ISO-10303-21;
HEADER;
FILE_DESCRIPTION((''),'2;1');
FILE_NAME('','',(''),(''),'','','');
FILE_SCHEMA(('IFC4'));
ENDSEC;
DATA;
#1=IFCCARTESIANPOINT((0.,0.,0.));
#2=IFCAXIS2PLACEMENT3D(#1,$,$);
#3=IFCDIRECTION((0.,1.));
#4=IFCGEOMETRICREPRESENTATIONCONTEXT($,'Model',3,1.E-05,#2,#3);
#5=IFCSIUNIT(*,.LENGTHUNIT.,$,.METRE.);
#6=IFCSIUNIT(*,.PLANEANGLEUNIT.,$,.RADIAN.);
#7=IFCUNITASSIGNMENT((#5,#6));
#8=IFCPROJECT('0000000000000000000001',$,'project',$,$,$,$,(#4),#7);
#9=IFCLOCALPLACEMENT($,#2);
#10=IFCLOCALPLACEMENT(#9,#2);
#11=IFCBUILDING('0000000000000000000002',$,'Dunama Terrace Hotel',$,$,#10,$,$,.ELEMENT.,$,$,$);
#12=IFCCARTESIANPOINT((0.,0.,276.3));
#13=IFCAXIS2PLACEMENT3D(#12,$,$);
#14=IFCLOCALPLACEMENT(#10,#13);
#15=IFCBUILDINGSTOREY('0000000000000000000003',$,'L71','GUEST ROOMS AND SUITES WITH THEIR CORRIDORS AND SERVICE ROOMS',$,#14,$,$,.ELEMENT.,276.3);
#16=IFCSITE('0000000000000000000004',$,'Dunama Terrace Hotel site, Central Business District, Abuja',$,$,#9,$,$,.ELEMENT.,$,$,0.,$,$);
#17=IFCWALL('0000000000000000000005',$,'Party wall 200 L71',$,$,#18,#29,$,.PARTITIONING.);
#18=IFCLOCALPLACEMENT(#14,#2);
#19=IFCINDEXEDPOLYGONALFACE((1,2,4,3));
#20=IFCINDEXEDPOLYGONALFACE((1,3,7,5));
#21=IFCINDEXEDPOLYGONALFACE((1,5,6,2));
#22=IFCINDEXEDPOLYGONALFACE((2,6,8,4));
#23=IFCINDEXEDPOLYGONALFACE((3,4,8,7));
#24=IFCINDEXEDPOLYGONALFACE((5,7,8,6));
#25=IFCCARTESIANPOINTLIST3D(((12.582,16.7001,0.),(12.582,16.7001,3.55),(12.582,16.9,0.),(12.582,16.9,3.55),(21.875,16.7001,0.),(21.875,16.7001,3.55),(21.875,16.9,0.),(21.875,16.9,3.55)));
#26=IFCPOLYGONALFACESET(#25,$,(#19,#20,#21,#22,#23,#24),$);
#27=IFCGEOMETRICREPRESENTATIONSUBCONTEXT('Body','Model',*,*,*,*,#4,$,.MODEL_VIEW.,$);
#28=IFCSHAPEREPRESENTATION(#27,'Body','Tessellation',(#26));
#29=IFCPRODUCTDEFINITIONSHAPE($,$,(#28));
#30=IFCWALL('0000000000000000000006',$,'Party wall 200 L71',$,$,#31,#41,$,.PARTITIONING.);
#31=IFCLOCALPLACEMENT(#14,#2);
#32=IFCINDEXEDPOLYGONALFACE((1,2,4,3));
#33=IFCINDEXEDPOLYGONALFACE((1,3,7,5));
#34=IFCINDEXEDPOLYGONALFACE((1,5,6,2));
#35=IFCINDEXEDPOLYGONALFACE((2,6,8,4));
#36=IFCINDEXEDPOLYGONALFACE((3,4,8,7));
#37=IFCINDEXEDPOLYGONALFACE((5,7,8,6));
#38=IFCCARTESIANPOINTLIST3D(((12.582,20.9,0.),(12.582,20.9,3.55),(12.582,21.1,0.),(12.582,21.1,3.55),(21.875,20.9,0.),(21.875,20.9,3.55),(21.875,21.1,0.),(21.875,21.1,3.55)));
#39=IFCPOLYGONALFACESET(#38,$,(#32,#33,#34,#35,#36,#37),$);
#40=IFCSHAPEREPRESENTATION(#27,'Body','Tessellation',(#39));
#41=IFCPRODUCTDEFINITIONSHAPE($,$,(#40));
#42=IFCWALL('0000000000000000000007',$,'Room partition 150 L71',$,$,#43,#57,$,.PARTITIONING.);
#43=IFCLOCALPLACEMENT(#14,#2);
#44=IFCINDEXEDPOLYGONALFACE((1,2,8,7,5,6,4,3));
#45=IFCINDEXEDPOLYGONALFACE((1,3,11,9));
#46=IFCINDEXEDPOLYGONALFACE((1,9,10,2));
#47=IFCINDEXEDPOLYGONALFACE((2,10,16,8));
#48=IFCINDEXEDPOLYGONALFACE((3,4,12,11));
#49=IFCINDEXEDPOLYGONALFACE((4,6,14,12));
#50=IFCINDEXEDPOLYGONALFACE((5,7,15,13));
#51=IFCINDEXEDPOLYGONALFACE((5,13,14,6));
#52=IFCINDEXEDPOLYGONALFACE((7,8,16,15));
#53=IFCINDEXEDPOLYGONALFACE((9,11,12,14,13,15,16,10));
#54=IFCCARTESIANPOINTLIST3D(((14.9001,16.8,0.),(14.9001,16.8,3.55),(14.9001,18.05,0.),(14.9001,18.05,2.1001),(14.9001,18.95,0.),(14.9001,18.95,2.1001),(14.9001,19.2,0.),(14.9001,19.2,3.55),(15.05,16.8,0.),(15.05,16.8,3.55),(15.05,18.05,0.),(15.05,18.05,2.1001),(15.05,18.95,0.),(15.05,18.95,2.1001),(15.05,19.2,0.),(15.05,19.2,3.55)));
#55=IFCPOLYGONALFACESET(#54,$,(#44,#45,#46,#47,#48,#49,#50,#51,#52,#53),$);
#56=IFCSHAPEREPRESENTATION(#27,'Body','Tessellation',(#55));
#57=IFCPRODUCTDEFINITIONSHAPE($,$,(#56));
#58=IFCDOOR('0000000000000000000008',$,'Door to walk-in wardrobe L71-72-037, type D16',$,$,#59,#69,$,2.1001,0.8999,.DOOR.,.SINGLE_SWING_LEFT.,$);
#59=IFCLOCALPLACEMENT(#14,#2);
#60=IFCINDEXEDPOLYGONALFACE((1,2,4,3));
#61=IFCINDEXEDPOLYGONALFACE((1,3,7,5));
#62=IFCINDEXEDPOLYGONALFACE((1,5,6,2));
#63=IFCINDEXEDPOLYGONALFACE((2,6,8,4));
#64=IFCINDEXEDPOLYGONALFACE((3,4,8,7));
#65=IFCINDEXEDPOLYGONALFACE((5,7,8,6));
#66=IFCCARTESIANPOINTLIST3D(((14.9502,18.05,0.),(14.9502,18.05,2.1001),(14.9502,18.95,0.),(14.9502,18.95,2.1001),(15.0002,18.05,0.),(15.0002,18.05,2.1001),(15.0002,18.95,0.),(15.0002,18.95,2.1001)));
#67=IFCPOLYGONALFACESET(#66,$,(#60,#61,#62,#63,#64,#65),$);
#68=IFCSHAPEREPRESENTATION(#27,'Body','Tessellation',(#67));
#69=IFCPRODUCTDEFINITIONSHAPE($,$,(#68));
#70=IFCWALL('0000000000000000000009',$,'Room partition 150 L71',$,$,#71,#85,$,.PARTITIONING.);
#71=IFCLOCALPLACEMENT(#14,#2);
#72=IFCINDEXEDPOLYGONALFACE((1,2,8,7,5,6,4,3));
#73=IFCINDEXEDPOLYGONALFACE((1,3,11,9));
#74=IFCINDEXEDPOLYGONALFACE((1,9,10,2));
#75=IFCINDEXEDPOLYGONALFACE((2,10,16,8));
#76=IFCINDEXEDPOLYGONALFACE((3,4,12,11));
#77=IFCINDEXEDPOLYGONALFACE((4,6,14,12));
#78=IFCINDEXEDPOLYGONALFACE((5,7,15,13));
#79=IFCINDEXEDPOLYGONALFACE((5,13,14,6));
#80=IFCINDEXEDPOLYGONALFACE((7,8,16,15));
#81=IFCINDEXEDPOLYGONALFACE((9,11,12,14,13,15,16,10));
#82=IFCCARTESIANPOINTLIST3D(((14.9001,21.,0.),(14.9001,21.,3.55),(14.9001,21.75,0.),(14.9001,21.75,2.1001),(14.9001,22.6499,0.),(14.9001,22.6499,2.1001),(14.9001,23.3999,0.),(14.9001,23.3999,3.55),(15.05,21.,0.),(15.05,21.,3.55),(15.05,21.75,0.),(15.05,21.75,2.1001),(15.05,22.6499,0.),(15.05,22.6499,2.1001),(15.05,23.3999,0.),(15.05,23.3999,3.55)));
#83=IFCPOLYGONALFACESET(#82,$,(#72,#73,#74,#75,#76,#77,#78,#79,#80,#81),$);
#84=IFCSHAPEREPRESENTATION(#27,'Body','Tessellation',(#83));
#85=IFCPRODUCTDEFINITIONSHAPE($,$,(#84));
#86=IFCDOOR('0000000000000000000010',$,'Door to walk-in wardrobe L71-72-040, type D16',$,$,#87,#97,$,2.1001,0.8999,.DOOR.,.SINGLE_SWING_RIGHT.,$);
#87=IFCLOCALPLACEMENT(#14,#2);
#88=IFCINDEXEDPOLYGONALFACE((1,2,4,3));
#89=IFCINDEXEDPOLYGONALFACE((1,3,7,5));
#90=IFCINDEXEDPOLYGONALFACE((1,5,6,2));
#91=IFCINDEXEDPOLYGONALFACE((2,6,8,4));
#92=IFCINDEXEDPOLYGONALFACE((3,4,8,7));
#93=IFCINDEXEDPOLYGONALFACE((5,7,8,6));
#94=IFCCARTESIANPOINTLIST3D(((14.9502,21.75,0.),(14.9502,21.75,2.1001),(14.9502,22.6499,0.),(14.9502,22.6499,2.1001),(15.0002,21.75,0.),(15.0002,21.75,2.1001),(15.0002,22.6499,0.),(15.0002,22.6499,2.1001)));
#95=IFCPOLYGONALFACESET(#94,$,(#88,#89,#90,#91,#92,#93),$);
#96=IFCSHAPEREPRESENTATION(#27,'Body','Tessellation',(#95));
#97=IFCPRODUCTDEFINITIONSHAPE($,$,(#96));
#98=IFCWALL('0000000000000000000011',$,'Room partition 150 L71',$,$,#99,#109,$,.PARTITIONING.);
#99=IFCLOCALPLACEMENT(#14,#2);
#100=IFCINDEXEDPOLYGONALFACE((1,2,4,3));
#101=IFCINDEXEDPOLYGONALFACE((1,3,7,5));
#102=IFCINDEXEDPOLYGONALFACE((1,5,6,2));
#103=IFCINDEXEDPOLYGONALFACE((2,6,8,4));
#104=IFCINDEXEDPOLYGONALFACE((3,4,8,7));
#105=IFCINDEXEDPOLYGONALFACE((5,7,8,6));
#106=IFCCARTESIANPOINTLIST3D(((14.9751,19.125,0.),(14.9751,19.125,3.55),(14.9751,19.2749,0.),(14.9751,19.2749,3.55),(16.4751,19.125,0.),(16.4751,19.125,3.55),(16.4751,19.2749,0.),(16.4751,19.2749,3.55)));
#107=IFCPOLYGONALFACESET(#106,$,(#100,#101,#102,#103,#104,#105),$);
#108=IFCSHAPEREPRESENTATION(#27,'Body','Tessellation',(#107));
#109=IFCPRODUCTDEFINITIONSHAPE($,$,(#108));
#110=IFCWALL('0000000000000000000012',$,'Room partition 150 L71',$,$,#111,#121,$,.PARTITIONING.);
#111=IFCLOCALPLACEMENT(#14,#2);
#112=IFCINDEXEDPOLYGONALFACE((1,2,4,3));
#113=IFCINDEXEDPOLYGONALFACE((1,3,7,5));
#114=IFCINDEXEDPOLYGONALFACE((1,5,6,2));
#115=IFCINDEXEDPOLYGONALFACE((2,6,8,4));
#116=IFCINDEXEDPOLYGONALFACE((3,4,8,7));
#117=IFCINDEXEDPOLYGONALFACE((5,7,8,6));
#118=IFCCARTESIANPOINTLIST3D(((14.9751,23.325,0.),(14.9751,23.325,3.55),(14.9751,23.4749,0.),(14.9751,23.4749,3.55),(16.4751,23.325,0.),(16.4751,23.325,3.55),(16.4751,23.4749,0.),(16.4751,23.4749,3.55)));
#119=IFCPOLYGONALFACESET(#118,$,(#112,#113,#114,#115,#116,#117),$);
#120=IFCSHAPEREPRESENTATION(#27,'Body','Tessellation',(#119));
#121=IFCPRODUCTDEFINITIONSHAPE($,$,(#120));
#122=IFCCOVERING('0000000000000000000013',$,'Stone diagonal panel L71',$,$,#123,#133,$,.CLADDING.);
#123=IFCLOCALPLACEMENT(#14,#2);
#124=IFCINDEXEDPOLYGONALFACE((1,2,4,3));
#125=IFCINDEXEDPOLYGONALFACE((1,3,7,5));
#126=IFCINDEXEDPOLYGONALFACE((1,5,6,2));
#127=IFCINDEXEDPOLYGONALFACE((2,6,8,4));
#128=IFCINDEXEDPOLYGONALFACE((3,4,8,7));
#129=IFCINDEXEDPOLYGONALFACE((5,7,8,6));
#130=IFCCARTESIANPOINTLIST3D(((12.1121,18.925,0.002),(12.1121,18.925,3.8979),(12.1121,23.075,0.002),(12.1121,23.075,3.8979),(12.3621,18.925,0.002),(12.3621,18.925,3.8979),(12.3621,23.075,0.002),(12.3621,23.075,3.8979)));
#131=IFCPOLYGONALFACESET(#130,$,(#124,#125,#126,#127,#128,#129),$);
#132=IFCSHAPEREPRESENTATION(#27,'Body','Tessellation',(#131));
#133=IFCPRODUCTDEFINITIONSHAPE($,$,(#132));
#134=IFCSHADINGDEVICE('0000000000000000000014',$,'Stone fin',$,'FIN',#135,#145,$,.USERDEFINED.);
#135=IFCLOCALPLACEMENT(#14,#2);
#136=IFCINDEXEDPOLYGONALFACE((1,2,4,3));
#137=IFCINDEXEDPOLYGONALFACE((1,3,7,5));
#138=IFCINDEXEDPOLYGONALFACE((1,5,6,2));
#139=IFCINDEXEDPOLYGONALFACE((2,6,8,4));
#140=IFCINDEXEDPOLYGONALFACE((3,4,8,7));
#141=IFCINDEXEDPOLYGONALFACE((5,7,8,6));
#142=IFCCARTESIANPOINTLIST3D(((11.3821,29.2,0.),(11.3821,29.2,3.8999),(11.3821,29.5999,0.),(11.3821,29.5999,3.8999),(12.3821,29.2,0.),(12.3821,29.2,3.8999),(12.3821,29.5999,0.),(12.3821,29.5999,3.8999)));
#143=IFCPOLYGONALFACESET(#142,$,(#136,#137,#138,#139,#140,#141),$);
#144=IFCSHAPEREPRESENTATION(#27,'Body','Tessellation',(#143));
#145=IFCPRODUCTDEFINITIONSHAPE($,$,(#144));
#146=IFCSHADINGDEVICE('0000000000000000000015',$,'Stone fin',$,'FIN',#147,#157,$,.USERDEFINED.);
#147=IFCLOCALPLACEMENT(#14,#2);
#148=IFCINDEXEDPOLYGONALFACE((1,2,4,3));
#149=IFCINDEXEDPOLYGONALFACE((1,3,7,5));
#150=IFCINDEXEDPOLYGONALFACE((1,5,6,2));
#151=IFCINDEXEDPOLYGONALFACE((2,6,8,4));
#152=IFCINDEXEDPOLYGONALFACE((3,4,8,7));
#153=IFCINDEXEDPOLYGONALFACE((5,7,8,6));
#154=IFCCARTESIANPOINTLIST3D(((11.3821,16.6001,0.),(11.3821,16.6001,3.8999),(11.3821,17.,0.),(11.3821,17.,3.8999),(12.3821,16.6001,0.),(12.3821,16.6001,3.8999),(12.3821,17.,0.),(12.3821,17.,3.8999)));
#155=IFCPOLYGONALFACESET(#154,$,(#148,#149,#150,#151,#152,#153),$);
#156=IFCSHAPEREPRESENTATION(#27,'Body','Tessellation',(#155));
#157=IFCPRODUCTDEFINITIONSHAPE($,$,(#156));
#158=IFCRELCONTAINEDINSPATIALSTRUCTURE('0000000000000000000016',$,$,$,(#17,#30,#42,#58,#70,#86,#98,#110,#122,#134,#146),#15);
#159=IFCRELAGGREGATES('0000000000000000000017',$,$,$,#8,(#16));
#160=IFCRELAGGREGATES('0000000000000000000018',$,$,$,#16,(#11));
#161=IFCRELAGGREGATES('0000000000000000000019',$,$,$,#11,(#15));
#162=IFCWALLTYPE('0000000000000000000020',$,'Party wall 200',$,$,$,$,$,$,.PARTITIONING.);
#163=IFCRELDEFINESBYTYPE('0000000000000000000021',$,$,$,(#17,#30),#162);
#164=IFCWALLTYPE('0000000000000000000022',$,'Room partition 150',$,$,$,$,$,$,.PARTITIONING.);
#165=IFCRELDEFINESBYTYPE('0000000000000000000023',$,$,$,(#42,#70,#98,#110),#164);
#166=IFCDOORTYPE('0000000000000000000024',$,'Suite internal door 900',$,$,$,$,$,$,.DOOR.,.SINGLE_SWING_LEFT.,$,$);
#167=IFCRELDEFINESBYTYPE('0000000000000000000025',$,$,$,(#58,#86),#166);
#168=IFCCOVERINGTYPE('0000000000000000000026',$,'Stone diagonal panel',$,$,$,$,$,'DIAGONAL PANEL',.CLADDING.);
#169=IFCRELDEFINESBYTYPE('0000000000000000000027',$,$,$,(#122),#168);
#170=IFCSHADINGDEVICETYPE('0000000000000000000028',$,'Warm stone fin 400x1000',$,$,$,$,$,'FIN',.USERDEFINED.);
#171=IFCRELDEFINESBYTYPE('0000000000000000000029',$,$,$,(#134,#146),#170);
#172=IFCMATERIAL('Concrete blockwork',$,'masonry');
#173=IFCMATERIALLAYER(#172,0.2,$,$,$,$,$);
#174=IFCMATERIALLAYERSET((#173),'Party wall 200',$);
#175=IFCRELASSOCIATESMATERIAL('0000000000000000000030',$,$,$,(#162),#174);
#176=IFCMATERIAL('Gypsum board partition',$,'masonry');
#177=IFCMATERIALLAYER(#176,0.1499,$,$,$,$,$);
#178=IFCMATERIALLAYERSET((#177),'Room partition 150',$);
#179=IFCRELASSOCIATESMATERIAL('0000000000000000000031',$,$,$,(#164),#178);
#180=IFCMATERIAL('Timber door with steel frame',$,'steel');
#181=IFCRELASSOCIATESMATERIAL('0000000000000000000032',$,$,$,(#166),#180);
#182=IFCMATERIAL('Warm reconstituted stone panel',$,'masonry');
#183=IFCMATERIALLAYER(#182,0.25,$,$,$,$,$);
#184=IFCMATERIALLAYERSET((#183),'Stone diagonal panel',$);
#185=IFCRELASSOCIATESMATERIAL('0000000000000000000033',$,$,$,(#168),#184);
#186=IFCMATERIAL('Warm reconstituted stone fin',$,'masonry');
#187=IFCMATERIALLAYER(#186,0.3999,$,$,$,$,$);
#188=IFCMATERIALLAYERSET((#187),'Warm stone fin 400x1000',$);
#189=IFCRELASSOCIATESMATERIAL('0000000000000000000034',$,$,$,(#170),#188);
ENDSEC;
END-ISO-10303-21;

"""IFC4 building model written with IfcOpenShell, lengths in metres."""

from ifc_helpers import new_model, si_unit, direction, frame, frame_2d, origin, origin_2d, place, context, subcontext, project, spatial, rectangle, extrude, material, layer, layer_set, type_object, element, fill, save


model = new_model("IFC4")

# Units and contexts
model_context = context("Model", 3, precision=1e-05, world=origin(), true_north=direction((0.0, 1.0)))
body_context = subcontext(model_context, "Body", "Model", "MODEL_VIEW")
ifc_project = project(units=[si_unit("LENGTHUNIT", "METRE"), si_unit("PLANEANGLEUNIT", "RADIAN")], contexts=[model_context])

# Site, building, storey
site_placement = place(None, origin())
site = spatial("IfcSite", under=ifc_project, at=site_placement, Name="Dunama Terrace Hotel site, Central Business District, Abuja", CompositionType="ELEMENT", RefElevation=0.0)
building_placement = place(site_placement, origin())
building = spatial("IfcBuilding", under=site, at=building_placement, Name="Dunama Terrace Hotel", CompositionType="ELEMENT")
storey_placement = place(building_placement, frame((0.0, 0.0, 276.3)))
storey = spatial("IfcBuildingStorey", under=building, at=storey_placement, Name="L71", Description="GUEST ROOMS AND SUITES WITH THEIR CORRIDORS AND SERVICE ROOMS", CompositionType="ELEMENT", Elevation=276.3)

# Walls
ifc_material_1 = material(Name="Concrete blockwork", Category="masonry")
ifc_layer_1 = layer(ifc_material_1, 0.2)
ifc_layer_set_1 = layer_set([ifc_layer_1], Name="Party wall 200")
wall_type_1 = type_object("IfcWallType", Name="Party wall 200", PredefinedType="PARTITIONING", material=ifc_layer_set_1)
for number, where, z_axis, x_axis, name in (
    (1, (12.582, 16.8, 0.0), (0.0, 0.0, 1.0), (1.0, 0.0, 0.0), "Party wall 200 L71"),
    (2, (12.582, 21.0, 0.0), (0.0, 0.0, 1.0), (1.0, 0.0, 0.0), "Party wall 200 L71"),
):
    element("IfcWall", number, at=place(storey_placement, frame(where, z_axis=z_axis, x_axis=x_axis)), inside=storey, type_object=wall_type_1, Name=name, PredefinedType="PARTITIONING", context=body_context, shape_type="SweptSolid", body=[
        extrude(rectangle(XDim=9.293, YDim=0.2, at=frame_2d((4.6465, 0.0))), origin(), (0.0, 0.0, 1.0), 3.55),
    ])

# Walls, openings, doors
ifc_material_2 = material(Name="Gypsum board partition", Category="masonry")
ifc_layer_2 = layer(ifc_material_2, 0.1499)
ifc_layer_set_2 = layer_set([ifc_layer_2], Name="Room partition 150")
wall_type_2 = type_object("IfcWallType", Name="Room partition 150", PredefinedType="PARTITIONING", material=ifc_layer_set_2)
wall_1_placement = place(storey_placement, frame((14.9751, 16.8, 0.0), z_axis=(0.0, 0.0, 1.0), x_axis=(0.0, 1.0, 0.0)))
wall_1 = element("IfcWall", 3, at=wall_1_placement, inside=storey, type_object=wall_type_2, Name="Room partition 150 L71", PredefinedType="PARTITIONING", context=body_context, shape_type="SweptSolid", body=[
    extrude(rectangle(XDim=2.3999, YDim=0.1499, at=frame_2d((1.2, 0.0))), origin(), (0.0, 0.0, 1.0), 3.55),
])
opening_1_placement = place(wall_1_placement, frame((1.25, 0.0, 0.0)))
opening_1 = element("IfcOpeningElement", 4, at=opening_1_placement, cuts=wall_1, PredefinedType="OPENING", context=body_context, shape_type="SweptSolid", body=[
    extrude(rectangle(XDim=0.8999, YDim=2.1001, at=frame_2d((0.45, 1.05))), frame((0.0, 0.085, 0.0), z_axis=(0.0, -1.0, 0.0), x_axis=(1.0, 0.0, 0.0)), (0.0, 0.0, 1.0), 0.1699),
])
ifc_material_3 = material(Name="Timber door with steel frame", Category="steel")
door_type = type_object("IfcDoorType", Name="Suite internal door 900", OperationType="SINGLE_SWING_LEFT", PredefinedType="DOOR", material=ifc_material_3)
door_1_placement = place(opening_1_placement, frame((0.8999, 0.0, 0.0), z_axis=(0.0, 0.0, 1.0), x_axis=(-1.0, 0.0, 0.0)))
door_1 = element("IfcDoor", 5, at=door_1_placement, inside=storey, type_object=door_type, Name="Door to walk-in wardrobe L71-72-037, type D16", OperationType="SINGLE_SWING_LEFT", OverallHeight=2.1001, OverallWidth=0.8999, PredefinedType="DOOR", context=body_context, shape_type="SweptSolid", body=[
    extrude(rectangle(XDim=0.8999, YDim=2.1001, at=frame_2d((0.45, 1.05))), frame((0.0, 0.0251, 0.0), z_axis=(0.0, -1.0, 0.0), x_axis=(1.0, 0.0, 0.0)), (0.0, 0.0, 1.0), 0.05),
])
fill(opening_1, door_1)
wall_2_placement = place(storey_placement, frame((14.9751, 21.0, 0.0), z_axis=(0.0, 0.0, 1.0), x_axis=(0.0, 1.0, 0.0)))
wall_2 = element("IfcWall", 6, at=wall_2_placement, inside=storey, type_object=wall_type_2, Name="Room partition 150 L71", PredefinedType="PARTITIONING", context=body_context, shape_type="SweptSolid", body=[
    extrude(rectangle(XDim=2.3999, YDim=0.1499, at=frame_2d((1.2, 0.0))), origin(), (0.0, 0.0, 1.0), 3.55),
])
opening_2_placement = place(wall_2_placement, frame((0.75, 0.0, 0.0)))
opening_2 = element("IfcOpeningElement", 7, at=opening_2_placement, cuts=wall_2, PredefinedType="OPENING", context=body_context, shape_type="SweptSolid", body=[
    extrude(rectangle(XDim=0.8999, YDim=2.1001, at=frame_2d((0.45, 1.05))), frame((0.0, 0.085, 0.0), z_axis=(0.0, -1.0, 0.0), x_axis=(1.0, 0.0, 0.0)), (0.0, 0.0, 1.0), 0.1699),
])
door_2_placement = place(opening_2_placement, frame((0.8999, 0.0, 0.0), z_axis=(0.0, 0.0, 1.0), x_axis=(-1.0, 0.0, 0.0)))
door_2 = element("IfcDoor", 8, at=door_2_placement, inside=storey, type_object=door_type, Name="Door to walk-in wardrobe L71-72-040, type D16", OperationType="SINGLE_SWING_RIGHT", OverallHeight=2.1001, OverallWidth=0.8999, PredefinedType="DOOR", context=body_context, shape_type="SweptSolid", body=[
    extrude(rectangle(XDim=0.8999, YDim=2.1001, at=frame_2d((0.45, 1.05))), frame((0.0, 0.0251, 0.0), z_axis=(0.0, -1.0, 0.0), x_axis=(1.0, 0.0, 0.0)), (0.0, 0.0, 1.0), 0.05),
])
fill(opening_2, door_2)

# Walls
for number, where, z_axis, x_axis, name in (
    (9, (14.9751, 19.2, 0.0), (0.0, 0.0, 1.0), (1.0, 0.0, 0.0), "Room partition 150 L71"),
    (10, (14.9751, 23.3999, 0.0), (0.0, 0.0, 1.0), (1.0, 0.0, 0.0), "Room partition 150 L71"),
):
    element("IfcWall", number, at=place(storey_placement, frame(where, z_axis=z_axis, x_axis=x_axis)), inside=storey, type_object=wall_type_2, Name=name, PredefinedType="PARTITIONING", context=body_context, shape_type="SweptSolid", body=[
        extrude(rectangle(XDim=1.5, YDim=0.1499, at=frame_2d((0.75, 0.0))), origin(), (0.0, 0.0, 1.0), 3.55),
    ])

# Covering
ifc_material_4 = material(Name="Warm reconstituted stone panel", Category="masonry")
ifc_layer_3 = layer(ifc_material_4, 0.25)
ifc_layer_set_3 = layer_set([ifc_layer_3], Name="Stone diagonal panel")
covering_type = type_object("IfcCoveringType", Name="Stone diagonal panel", ElementType="DIAGONAL PANEL", PredefinedType="CLADDING", material=ifc_layer_set_3)
covering_placement = place(storey_placement, frame((12.2371, 21.0, 0.002), z_axis=(0.0, 0.0, 1.0), x_axis=(0.0, -1.0, 0.0)))
element("IfcCovering", 11, at=covering_placement, inside=storey, type_object=covering_type, Name="Stone diagonal panel L71", PredefinedType="CLADDING", context=body_context, shape_type="SweptSolid", body=[
    extrude(rectangle(XDim=4.1499, YDim=0.25, at=origin_2d()), origin(), (0.0, 0.0, 1.0), 3.896),
])

# Shading devices
ifc_material_5 = material(Name="Warm reconstituted stone fin", Category="masonry")
ifc_layer_4 = layer(ifc_material_5, 0.3999)
ifc_layer_set_4 = layer_set([ifc_layer_4], Name="Warm stone fin 400x1000")
shading_device_type = type_object("IfcShadingDeviceType", Name="Warm stone fin 400x1000", ElementType="FIN", PredefinedType="USERDEFINED", material=ifc_layer_set_4)
for number, where, z_axis, x_axis, name in (
    (12, (11.8821, 29.3999, 0.0), (0.0, 0.0, 1.0), (0.0, -1.0, 0.0), "Stone fin"),
    (13, (11.8821, 16.8, 0.0), (0.0, 0.0, 1.0), (0.0, -1.0, 0.0), "Stone fin"),
):
    element("IfcShadingDevice", number, at=place(storey_placement, frame(where, z_axis=z_axis, x_axis=x_axis)), inside=storey, type_object=shading_device_type, Name=name, ObjectType="FIN", PredefinedType="USERDEFINED", context=body_context, shape_type="SweptSolid", body=[
        extrude(rectangle(XDim=0.3999, YDim=1.0, at=origin_2d()), origin(), (0.0, 0.0, 1.0), 3.8999),
    ])

save(model, "model.ifc")
